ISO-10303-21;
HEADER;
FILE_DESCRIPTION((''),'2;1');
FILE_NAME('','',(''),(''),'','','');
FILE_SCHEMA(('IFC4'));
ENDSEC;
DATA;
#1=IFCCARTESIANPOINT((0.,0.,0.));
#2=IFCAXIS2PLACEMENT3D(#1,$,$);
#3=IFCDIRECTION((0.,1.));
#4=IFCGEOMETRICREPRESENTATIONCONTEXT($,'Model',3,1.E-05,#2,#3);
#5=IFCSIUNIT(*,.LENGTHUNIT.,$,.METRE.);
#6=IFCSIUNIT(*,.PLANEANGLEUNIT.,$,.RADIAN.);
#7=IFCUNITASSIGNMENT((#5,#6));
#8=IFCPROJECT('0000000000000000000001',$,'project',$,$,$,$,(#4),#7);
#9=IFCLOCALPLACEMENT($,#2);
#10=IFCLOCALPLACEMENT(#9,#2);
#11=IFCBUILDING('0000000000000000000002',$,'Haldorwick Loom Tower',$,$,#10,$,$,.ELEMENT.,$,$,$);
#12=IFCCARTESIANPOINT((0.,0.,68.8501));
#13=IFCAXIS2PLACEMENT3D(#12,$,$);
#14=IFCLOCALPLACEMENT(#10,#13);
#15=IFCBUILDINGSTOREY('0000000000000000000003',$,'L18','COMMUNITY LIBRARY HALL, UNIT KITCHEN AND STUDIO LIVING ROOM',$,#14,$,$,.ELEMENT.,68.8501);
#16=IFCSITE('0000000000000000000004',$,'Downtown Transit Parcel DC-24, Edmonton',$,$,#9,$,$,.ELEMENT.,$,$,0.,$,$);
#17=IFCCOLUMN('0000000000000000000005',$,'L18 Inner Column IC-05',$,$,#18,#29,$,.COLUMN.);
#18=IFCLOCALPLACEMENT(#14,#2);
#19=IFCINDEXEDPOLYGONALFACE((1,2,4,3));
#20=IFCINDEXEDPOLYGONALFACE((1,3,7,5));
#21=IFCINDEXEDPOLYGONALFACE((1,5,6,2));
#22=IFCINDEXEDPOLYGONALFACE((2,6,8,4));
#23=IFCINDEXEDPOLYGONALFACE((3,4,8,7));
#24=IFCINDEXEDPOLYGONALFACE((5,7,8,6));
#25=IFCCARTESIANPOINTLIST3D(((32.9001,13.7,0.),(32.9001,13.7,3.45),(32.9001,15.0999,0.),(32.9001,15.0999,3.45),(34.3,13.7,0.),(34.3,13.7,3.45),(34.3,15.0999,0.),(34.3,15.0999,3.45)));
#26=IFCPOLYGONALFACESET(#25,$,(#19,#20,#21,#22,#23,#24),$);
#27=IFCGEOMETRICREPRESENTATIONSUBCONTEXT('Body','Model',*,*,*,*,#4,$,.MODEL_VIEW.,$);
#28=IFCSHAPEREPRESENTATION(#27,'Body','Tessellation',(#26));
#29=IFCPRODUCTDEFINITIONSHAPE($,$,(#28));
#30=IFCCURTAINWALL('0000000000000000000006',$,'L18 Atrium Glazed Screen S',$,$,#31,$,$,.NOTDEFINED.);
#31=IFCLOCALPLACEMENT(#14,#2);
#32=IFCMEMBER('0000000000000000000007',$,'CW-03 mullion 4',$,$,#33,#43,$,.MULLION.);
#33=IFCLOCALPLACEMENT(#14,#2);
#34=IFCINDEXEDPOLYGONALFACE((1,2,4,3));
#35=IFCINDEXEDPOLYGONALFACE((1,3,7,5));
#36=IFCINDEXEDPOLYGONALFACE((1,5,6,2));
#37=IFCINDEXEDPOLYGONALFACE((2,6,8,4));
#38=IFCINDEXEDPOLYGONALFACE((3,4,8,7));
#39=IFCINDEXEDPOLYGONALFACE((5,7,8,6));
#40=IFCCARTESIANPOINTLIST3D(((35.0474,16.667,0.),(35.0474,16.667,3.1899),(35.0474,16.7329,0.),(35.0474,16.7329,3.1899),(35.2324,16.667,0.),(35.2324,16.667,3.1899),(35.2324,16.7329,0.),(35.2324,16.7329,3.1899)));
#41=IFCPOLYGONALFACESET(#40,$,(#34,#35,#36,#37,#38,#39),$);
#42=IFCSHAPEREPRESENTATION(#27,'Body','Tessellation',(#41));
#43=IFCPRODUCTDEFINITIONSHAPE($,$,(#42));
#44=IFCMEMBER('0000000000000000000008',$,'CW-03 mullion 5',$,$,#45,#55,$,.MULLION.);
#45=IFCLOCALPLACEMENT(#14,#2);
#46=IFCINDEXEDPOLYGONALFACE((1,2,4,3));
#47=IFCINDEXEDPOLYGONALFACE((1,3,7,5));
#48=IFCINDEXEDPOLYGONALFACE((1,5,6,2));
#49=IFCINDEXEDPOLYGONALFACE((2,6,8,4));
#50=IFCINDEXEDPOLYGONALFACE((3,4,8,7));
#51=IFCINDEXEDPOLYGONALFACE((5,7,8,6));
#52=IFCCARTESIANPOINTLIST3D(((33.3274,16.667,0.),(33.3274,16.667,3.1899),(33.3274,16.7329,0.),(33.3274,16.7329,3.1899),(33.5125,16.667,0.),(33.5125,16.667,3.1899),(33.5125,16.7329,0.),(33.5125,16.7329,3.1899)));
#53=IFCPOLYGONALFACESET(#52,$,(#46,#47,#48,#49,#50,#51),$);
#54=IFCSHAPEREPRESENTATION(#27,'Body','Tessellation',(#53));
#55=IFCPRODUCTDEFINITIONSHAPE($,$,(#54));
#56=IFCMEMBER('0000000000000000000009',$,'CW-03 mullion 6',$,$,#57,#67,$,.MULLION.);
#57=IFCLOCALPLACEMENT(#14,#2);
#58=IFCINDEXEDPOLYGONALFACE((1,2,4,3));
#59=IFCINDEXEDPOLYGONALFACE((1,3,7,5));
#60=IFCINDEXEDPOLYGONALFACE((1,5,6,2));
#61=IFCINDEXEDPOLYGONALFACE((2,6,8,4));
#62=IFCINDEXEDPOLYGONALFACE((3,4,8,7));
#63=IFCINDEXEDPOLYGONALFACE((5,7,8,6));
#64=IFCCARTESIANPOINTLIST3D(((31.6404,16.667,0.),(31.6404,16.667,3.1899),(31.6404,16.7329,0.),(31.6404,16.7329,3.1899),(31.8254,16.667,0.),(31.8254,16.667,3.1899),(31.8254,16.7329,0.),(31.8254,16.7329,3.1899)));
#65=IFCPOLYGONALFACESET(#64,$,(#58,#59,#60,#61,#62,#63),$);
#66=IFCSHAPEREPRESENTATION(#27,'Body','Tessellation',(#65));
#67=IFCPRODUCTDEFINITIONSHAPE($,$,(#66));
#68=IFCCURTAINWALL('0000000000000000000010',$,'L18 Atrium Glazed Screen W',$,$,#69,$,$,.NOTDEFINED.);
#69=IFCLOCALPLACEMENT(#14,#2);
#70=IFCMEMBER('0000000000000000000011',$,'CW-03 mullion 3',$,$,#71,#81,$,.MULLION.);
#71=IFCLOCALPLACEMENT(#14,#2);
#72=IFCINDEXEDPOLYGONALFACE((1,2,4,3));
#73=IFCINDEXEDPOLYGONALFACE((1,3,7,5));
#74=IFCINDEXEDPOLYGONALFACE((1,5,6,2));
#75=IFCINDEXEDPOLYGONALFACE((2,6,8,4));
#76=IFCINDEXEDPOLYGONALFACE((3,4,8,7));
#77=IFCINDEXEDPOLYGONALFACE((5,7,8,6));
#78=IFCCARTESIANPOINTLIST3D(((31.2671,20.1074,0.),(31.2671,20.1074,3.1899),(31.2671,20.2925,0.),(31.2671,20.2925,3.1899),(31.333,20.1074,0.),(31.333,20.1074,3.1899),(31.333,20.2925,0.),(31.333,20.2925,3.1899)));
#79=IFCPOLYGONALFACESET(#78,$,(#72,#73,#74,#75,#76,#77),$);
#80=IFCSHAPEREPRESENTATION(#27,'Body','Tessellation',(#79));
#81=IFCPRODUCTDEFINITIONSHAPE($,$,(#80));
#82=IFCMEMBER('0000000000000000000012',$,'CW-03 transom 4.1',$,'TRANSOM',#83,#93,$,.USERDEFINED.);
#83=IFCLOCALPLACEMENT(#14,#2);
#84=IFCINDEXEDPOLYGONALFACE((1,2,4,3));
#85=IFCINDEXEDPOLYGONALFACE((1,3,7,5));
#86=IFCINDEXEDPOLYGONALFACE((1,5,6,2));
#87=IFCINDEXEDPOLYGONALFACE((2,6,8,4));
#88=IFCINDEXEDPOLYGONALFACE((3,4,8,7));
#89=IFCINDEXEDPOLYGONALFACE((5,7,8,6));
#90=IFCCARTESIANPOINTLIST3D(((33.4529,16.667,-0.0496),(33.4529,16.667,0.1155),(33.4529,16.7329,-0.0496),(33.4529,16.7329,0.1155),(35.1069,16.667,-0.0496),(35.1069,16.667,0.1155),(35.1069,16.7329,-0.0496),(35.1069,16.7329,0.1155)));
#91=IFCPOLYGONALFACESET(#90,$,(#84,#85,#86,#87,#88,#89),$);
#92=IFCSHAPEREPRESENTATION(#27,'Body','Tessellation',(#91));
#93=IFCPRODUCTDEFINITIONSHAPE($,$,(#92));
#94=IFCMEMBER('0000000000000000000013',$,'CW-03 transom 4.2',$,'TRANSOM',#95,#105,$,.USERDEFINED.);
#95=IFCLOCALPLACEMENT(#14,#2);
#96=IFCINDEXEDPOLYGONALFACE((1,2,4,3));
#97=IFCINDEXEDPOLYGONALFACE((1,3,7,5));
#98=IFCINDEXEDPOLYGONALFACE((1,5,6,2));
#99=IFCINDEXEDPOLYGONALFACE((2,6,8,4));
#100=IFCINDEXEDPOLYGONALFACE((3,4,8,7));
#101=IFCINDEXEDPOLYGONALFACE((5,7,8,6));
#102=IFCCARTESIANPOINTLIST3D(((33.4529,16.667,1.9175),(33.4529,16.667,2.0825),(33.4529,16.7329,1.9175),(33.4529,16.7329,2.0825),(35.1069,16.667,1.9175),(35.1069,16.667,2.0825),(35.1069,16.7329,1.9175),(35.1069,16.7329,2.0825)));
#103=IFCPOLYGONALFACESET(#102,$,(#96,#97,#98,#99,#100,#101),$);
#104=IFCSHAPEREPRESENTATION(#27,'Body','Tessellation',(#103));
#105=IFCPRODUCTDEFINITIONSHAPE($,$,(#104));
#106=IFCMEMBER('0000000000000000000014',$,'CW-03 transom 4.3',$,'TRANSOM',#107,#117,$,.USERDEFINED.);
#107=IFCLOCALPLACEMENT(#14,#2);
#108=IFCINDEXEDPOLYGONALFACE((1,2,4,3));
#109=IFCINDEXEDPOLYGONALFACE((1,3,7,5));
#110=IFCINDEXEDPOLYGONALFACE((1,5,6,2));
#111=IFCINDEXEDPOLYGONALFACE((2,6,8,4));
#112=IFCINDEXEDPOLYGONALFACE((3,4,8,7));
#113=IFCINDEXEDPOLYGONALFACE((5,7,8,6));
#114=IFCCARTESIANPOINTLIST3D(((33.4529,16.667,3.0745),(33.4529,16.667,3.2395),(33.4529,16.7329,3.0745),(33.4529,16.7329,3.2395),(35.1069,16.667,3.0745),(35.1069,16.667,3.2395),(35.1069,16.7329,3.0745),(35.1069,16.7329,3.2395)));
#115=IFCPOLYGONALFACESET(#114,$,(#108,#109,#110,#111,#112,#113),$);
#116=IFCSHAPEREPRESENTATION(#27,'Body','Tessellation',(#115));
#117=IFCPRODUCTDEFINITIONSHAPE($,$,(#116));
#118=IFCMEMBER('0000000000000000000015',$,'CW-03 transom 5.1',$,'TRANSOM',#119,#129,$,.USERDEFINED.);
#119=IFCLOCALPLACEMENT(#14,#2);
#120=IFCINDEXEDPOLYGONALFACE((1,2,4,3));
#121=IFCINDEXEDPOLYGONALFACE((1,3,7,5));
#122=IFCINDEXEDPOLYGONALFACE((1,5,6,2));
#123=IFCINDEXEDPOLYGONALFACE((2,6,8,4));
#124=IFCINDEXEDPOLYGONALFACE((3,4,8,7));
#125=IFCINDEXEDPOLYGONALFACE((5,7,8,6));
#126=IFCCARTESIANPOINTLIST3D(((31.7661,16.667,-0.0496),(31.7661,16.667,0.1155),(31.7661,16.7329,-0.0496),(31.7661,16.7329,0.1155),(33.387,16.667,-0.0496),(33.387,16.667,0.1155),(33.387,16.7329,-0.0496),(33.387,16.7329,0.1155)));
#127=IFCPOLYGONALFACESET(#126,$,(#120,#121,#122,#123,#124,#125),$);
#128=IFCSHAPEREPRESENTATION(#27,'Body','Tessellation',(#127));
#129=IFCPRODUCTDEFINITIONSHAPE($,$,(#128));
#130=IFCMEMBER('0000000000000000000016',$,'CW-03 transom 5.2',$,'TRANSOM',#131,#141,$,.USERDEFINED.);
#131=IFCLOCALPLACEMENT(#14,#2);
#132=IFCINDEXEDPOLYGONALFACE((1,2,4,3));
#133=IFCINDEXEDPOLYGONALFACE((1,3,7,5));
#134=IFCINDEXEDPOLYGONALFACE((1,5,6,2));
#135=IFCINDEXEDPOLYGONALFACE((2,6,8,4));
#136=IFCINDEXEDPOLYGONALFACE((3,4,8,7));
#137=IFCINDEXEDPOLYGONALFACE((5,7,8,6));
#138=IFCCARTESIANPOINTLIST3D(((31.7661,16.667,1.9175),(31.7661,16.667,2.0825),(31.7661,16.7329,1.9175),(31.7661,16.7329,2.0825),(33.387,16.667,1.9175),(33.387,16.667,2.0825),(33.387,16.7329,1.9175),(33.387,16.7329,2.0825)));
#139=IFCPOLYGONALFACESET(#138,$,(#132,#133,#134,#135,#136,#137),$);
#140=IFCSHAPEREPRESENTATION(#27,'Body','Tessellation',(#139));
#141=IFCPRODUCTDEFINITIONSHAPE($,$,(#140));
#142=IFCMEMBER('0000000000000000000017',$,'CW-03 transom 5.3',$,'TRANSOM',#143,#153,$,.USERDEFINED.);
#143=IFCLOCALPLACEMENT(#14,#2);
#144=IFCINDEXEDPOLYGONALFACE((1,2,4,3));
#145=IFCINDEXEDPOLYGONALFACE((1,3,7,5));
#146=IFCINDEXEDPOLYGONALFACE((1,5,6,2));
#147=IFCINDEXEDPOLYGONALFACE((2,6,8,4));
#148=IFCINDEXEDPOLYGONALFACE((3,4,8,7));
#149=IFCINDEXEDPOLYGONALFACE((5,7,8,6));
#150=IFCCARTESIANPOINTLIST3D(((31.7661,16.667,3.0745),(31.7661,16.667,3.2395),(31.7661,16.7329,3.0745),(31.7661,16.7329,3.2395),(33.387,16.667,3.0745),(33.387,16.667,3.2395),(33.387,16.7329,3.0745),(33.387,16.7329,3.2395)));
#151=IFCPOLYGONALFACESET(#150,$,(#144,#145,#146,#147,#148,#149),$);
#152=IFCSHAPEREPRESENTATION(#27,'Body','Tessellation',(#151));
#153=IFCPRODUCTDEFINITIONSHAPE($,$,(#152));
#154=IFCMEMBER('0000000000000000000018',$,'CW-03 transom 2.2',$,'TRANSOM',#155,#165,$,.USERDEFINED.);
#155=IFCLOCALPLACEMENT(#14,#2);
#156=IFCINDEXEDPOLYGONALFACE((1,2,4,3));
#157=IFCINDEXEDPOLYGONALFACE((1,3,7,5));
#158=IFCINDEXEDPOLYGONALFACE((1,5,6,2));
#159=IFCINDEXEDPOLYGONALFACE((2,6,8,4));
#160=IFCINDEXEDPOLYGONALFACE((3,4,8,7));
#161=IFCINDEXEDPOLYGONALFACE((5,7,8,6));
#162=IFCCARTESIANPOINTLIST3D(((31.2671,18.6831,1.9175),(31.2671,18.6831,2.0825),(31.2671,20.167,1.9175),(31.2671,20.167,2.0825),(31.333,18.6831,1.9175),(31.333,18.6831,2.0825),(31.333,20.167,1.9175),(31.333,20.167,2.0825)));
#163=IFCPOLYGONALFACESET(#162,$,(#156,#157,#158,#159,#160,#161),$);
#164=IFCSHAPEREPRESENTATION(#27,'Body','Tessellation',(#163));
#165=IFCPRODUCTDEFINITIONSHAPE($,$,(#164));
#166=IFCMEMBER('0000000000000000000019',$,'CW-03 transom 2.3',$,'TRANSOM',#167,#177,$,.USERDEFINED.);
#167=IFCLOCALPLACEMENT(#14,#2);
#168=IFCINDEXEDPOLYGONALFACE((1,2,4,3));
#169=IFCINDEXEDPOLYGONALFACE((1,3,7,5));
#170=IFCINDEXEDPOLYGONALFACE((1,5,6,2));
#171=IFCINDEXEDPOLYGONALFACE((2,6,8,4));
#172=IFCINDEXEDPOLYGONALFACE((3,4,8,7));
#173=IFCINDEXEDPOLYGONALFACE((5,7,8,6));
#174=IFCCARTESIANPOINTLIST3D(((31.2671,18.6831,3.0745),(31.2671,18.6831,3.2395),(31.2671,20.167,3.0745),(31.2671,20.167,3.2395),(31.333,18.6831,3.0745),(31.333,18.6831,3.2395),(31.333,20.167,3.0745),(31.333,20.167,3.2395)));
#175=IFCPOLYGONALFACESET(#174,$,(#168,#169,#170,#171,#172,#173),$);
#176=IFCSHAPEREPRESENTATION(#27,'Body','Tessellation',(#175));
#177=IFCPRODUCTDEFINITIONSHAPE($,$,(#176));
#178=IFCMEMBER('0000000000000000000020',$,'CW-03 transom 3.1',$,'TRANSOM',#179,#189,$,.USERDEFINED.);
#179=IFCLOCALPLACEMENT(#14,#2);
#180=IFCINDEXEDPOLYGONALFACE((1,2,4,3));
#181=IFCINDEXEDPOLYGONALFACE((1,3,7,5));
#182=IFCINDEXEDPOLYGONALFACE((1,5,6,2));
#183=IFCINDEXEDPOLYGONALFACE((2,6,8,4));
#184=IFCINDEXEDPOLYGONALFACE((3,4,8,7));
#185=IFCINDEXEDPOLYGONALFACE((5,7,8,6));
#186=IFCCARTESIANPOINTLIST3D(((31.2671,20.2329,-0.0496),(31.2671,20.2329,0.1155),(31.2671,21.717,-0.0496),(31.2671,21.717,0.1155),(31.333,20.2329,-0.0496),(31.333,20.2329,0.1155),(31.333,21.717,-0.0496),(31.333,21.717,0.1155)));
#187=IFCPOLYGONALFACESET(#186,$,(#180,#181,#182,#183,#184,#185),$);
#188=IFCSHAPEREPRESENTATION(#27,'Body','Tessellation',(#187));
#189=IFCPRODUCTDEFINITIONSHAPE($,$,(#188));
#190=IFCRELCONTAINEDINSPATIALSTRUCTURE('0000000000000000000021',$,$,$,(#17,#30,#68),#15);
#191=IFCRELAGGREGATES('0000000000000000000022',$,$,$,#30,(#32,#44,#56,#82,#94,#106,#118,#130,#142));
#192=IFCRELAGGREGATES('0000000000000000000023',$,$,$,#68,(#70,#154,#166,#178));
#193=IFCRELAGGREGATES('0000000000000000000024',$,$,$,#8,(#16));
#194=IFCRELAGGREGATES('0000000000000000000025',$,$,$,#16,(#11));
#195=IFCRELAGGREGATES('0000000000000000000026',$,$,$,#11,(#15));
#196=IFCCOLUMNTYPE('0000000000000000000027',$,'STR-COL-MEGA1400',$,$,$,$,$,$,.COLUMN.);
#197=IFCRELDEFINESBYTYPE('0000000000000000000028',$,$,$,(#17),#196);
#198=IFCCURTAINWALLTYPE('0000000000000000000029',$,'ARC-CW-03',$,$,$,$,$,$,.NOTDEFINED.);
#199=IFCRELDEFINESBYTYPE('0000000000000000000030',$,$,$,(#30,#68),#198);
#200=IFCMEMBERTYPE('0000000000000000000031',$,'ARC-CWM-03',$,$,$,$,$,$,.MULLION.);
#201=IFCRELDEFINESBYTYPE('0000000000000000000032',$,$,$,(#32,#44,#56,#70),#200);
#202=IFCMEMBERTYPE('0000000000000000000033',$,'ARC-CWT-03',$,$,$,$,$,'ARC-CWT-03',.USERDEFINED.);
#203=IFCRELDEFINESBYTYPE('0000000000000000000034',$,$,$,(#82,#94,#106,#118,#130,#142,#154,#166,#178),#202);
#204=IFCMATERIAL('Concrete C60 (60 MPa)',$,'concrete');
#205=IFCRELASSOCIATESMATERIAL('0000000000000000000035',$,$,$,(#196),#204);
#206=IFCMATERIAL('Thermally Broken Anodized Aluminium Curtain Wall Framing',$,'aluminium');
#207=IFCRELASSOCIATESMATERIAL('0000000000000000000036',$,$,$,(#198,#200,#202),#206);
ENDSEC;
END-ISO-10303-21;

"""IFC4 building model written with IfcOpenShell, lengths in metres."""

from ifc_helpers import new_model, si_unit, direction, frame, origin, origin_2d, place, context, subcontext, project, spatial, rectangle, extrude, material, material_profile, profile_set, type_object, element, aggregate, save


model = new_model("IFC4")

# Units and contexts
model_context = context("Model", 3, precision=1e-05, world=origin(), true_north=direction((0.0, 1.0)))
body_context = subcontext(model_context, "Body", "Model", "MODEL_VIEW")
ifc_project = project(units=[si_unit("LENGTHUNIT", "METRE"), si_unit("PLANEANGLEUNIT", "RADIAN")], contexts=[model_context])

# Site, building, storey
site_placement = place(None, origin())
site = spatial("IfcSite", under=ifc_project, at=site_placement, Name="Downtown Transit Parcel DC-24, Edmonton", CompositionType="ELEMENT", RefElevation=0.0)
building_placement = place(site_placement, origin())
building = spatial("IfcBuilding", under=site, at=building_placement, Name="Haldorwick Loom Tower", CompositionType="ELEMENT")
storey_placement = place(building_placement, frame((0.0, 0.0, 68.8501)))
storey = spatial("IfcBuildingStorey", under=building, at=storey_placement, Name="L18", Description="COMMUNITY LIBRARY HALL, UNIT KITCHEN AND STUDIO LIVING ROOM", CompositionType="ELEMENT", Elevation=68.8501)

# Column
ifc_material_1 = material(Name="Concrete C60 (60 MPa)", Category="concrete")
ifc_material_profile_1 = material_profile(ifc_material_1, rectangle(XDim=1.3999, YDim=1.3999, at=origin_2d()), Name="RC1400X1400", Category="concrete")
ifc_profile_set_1 = profile_set([ifc_material_profile_1], Name="Concrete C60 (60 MPa)")
column_type = type_object("IfcColumnType", Name="STR-COL-MEGA1400", PredefinedType="COLUMN", material=ifc_profile_set_1)
column_placement = place(storey_placement, frame((33.6001, 14.3999, 0.0), z_axis=(0.0, 0.0, 1.0), x_axis=(1.0, 0.0, 0.0)))
element("IfcColumn", 1, at=column_placement, inside=storey, type_object=column_type, Name="L18 Inner Column IC-05", PredefinedType="COLUMN", context=body_context, shape_type="SweptSolid", body=[
    extrude(rectangle(XDim=1.3999, YDim=1.3999, at=origin_2d()), origin(), (0.0, 0.0, 1.0), 3.45),
])

# Curtain wall, members
ifc_material_2 = material(Name="Thermally Broken Anodized Aluminium Curtain Wall Framing", Category="aluminium")
curtain_wall_type = type_object("IfcCurtainWallType", Name="ARC-CW-03", PredefinedType="NOTDEFINED", material=ifc_material_2)
curtain_wall_1_placement = place(storey_placement, origin())
curtain_wall_1 = element("IfcCurtainWall", 2, at=curtain_wall_1_placement, inside=storey, type_object=curtain_wall_type, Name="L18 Atrium Glazed Screen S", PredefinedType="NOTDEFINED")
ifc_material_profile_2 = material_profile(ifc_material_2, rectangle(XDim=0.0659, YDim=0.1851, at=origin_2d()), Name="ALU_MUL_66X185", Category="aluminium")
ifc_profile_set_2 = profile_set([ifc_material_profile_2], Name="Thermally Broken Anodized Aluminium Curtain Wall Framing")
member_type_1 = type_object("IfcMemberType", Name="ARC-CWM-03", PredefinedType="MULLION", material=ifc_profile_set_2)
member_1_placement = place(storey_placement, frame((35.1399, 16.7, 0.0), z_axis=(0.0, 0.0, 1.0), x_axis=(0.0, -1.0, 0.0)))
member_1 = element("IfcMember", 3, at=member_1_placement, type_object=member_type_1, Name="CW-03 mullion 4", PredefinedType="MULLION", context=body_context, shape_type="SweptSolid", body=[
    extrude(rectangle(XDim=0.0659, YDim=0.1851, at=origin_2d()), origin(), (0.0, 0.0, 1.0), 3.1899),
])
member_2_placement = place(storey_placement, frame((33.4199, 16.7, 0.0), z_axis=(0.0, 0.0, 1.0), x_axis=(0.0, -1.0, 0.0)))
member_2 = element("IfcMember", 4, at=member_2_placement, type_object=member_type_1, Name="CW-03 mullion 5", PredefinedType="MULLION", context=body_context, shape_type="SweptSolid", body=[
    extrude(rectangle(XDim=0.0659, YDim=0.1851, at=origin_2d()), origin(), (0.0, 0.0, 1.0), 3.1899),
])
member_3_placement = place(storey_placement, frame((31.7329, 16.7, 0.0), z_axis=(0.0, 0.0, 1.0), x_axis=(0.0, -1.0, 0.0)))
member_3 = element("IfcMember", 5, at=member_3_placement, type_object=member_type_1, Name="CW-03 mullion 6", PredefinedType="MULLION", context=body_context, shape_type="SweptSolid", body=[
    extrude(rectangle(XDim=0.0659, YDim=0.1851, at=origin_2d()), origin(), (0.0, 0.0, 1.0), 3.1899),
])

# Curtain wall, member
curtain_wall_2_placement = place(storey_placement, origin())
curtain_wall_2 = element("IfcCurtainWall", 6, at=curtain_wall_2_placement, inside=storey, type_object=curtain_wall_type, Name="L18 Atrium Glazed Screen W", PredefinedType="NOTDEFINED")
member_4_placement = place(storey_placement, frame((31.3, 20.2, 0.0), z_axis=(0.0, 0.0, 1.0), x_axis=(-1.0, 0.0, 0.0)))
member_4 = element("IfcMember", 7, at=member_4_placement, type_object=member_type_1, Name="CW-03 mullion 3", PredefinedType="MULLION", context=body_context, shape_type="SweptSolid", body=[
    extrude(rectangle(XDim=0.0659, YDim=0.1851, at=origin_2d()), origin(), (0.0, 0.0, 1.0), 3.1899),
])

# Members
ifc_material_profile_3 = material_profile(ifc_material_2, rectangle(XDim=0.0659, YDim=0.165, at=origin_2d()), Name="ALU_TRN_66X165", Category="aluminium")
ifc_profile_set_3 = profile_set([ifc_material_profile_3], Name="Thermally Broken Anodized Aluminium Curtain Wall Framing")
member_type_2 = type_object("IfcMemberType", Name="ARC-CWT-03", ElementType="ARC-CWT-03", PredefinedType="USERDEFINED", material=ifc_profile_set_3)
member_5_placement = place(storey_placement, frame((35.1069, 16.7, 0.033), z_axis=(-1.0, 0.0, 0.0), x_axis=(0.0, -1.0, 0.0)))
member_5 = element("IfcMember", 8, at=member_5_placement, type_object=member_type_2, Name="CW-03 transom 4.1", ObjectType="TRANSOM", PredefinedType="USERDEFINED", context=body_context, shape_type="SweptSolid", body=[
    extrude(rectangle(XDim=0.0659, YDim=0.165, at=origin_2d()), origin(), (0.0, 0.0, 1.0), 1.6541),
])
member_6_placement = place(storey_placement, frame((35.1069, 16.7, 2.0), z_axis=(-1.0, 0.0, 0.0), x_axis=(0.0, -1.0, 0.0)))
member_6 = element("IfcMember", 9, at=member_6_placement, type_object=member_type_2, Name="CW-03 transom 4.2", ObjectType="TRANSOM", PredefinedType="USERDEFINED", context=body_context, shape_type="SweptSolid", body=[
    extrude(rectangle(XDim=0.0659, YDim=0.165, at=origin_2d()), origin(), (0.0, 0.0, 1.0), 1.6541),
])
member_7_placement = place(storey_placement, frame((35.1069, 16.7, 3.157), z_axis=(-1.0, 0.0, 0.0), x_axis=(0.0, -1.0, 0.0)))
member_7 = element("IfcMember", 10, at=member_7_placement, type_object=member_type_2, Name="CW-03 transom 4.3", ObjectType="TRANSOM", PredefinedType="USERDEFINED", context=body_context, shape_type="SweptSolid", body=[
    extrude(rectangle(XDim=0.0659, YDim=0.165, at=origin_2d()), origin(), (0.0, 0.0, 1.0), 1.6541),
])
member_8_placement = place(storey_placement, frame((33.387, 16.7, 0.033), z_axis=(-1.0, 0.0, 0.0), x_axis=(0.0, -1.0, 0.0)))
member_8 = element("IfcMember", 11, at=member_8_placement, type_object=member_type_2, Name="CW-03 transom 5.1", ObjectType="TRANSOM", PredefinedType="USERDEFINED", context=body_context, shape_type="SweptSolid", body=[
    extrude(rectangle(XDim=0.0659, YDim=0.165, at=origin_2d()), origin(), (0.0, 0.0, 1.0), 1.6208),
])
member_9_placement = place(storey_placement, frame((33.387, 16.7, 2.0), z_axis=(-1.0, 0.0, 0.0), x_axis=(0.0, -1.0, 0.0)))
member_9 = element("IfcMember", 12, at=member_9_placement, type_object=member_type_2, Name="CW-03 transom 5.2", ObjectType="TRANSOM", PredefinedType="USERDEFINED", context=body_context, shape_type="SweptSolid", body=[
    extrude(rectangle(XDim=0.0659, YDim=0.165, at=origin_2d()), origin(), (0.0, 0.0, 1.0), 1.6208),
])
member_10_placement = place(storey_placement, frame((33.387, 16.7, 3.157), z_axis=(-1.0, 0.0, 0.0), x_axis=(0.0, -1.0, 0.0)))
member_10 = element("IfcMember", 13, at=member_10_placement, type_object=member_type_2, Name="CW-03 transom 5.3", ObjectType="TRANSOM", PredefinedType="USERDEFINED", context=body_context, shape_type="SweptSolid", body=[
    extrude(rectangle(XDim=0.0659, YDim=0.165, at=origin_2d()), origin(), (0.0, 0.0, 1.0), 1.6208),
])
member_11_placement = place(storey_placement, frame((31.3, 18.6831, 2.0), z_axis=(0.0, 1.0, 0.0), x_axis=(-1.0, 0.0, 0.0)))
member_11 = element("IfcMember", 14, at=member_11_placement, type_object=member_type_2, Name="CW-03 transom 2.2", ObjectType="TRANSOM", PredefinedType="USERDEFINED", context=body_context, shape_type="SweptSolid", body=[
    extrude(rectangle(XDim=0.0659, YDim=0.165, at=origin_2d()), origin(), (0.0, 0.0, 1.0), 1.4839),
])
member_12_placement = place(storey_placement, frame((31.3, 18.6831, 3.157), z_axis=(0.0, 1.0, 0.0), x_axis=(-1.0, 0.0, 0.0)))
member_12 = element("IfcMember", 15, at=member_12_placement, type_object=member_type_2, Name="CW-03 transom 2.3", ObjectType="TRANSOM", PredefinedType="USERDEFINED", context=body_context, shape_type="SweptSolid", body=[
    extrude(rectangle(XDim=0.0659, YDim=0.165, at=origin_2d()), origin(), (0.0, 0.0, 1.0), 1.4839),
])
member_13_placement = place(storey_placement, frame((31.3, 20.2329, 0.033), z_axis=(0.0, 1.0, 0.0), x_axis=(-1.0, 0.0, 0.0)))
member_13 = element("IfcMember", 16, at=member_13_placement, type_object=member_type_2, Name="CW-03 transom 3.1", ObjectType="TRANSOM", PredefinedType="USERDEFINED", context=body_context, shape_type="SweptSolid", body=[
    extrude(rectangle(XDim=0.0659, YDim=0.165, at=origin_2d()), origin(), (0.0, 0.0, 1.0), 1.4841),
])

aggregate(curtain_wall_1, [member_1, member_2, member_3, member_5, member_6, member_7, member_8, member_9, member_10])
aggregate(curtain_wall_2, [member_4, member_11, member_12, member_13])

save(model, "model.ifc")
